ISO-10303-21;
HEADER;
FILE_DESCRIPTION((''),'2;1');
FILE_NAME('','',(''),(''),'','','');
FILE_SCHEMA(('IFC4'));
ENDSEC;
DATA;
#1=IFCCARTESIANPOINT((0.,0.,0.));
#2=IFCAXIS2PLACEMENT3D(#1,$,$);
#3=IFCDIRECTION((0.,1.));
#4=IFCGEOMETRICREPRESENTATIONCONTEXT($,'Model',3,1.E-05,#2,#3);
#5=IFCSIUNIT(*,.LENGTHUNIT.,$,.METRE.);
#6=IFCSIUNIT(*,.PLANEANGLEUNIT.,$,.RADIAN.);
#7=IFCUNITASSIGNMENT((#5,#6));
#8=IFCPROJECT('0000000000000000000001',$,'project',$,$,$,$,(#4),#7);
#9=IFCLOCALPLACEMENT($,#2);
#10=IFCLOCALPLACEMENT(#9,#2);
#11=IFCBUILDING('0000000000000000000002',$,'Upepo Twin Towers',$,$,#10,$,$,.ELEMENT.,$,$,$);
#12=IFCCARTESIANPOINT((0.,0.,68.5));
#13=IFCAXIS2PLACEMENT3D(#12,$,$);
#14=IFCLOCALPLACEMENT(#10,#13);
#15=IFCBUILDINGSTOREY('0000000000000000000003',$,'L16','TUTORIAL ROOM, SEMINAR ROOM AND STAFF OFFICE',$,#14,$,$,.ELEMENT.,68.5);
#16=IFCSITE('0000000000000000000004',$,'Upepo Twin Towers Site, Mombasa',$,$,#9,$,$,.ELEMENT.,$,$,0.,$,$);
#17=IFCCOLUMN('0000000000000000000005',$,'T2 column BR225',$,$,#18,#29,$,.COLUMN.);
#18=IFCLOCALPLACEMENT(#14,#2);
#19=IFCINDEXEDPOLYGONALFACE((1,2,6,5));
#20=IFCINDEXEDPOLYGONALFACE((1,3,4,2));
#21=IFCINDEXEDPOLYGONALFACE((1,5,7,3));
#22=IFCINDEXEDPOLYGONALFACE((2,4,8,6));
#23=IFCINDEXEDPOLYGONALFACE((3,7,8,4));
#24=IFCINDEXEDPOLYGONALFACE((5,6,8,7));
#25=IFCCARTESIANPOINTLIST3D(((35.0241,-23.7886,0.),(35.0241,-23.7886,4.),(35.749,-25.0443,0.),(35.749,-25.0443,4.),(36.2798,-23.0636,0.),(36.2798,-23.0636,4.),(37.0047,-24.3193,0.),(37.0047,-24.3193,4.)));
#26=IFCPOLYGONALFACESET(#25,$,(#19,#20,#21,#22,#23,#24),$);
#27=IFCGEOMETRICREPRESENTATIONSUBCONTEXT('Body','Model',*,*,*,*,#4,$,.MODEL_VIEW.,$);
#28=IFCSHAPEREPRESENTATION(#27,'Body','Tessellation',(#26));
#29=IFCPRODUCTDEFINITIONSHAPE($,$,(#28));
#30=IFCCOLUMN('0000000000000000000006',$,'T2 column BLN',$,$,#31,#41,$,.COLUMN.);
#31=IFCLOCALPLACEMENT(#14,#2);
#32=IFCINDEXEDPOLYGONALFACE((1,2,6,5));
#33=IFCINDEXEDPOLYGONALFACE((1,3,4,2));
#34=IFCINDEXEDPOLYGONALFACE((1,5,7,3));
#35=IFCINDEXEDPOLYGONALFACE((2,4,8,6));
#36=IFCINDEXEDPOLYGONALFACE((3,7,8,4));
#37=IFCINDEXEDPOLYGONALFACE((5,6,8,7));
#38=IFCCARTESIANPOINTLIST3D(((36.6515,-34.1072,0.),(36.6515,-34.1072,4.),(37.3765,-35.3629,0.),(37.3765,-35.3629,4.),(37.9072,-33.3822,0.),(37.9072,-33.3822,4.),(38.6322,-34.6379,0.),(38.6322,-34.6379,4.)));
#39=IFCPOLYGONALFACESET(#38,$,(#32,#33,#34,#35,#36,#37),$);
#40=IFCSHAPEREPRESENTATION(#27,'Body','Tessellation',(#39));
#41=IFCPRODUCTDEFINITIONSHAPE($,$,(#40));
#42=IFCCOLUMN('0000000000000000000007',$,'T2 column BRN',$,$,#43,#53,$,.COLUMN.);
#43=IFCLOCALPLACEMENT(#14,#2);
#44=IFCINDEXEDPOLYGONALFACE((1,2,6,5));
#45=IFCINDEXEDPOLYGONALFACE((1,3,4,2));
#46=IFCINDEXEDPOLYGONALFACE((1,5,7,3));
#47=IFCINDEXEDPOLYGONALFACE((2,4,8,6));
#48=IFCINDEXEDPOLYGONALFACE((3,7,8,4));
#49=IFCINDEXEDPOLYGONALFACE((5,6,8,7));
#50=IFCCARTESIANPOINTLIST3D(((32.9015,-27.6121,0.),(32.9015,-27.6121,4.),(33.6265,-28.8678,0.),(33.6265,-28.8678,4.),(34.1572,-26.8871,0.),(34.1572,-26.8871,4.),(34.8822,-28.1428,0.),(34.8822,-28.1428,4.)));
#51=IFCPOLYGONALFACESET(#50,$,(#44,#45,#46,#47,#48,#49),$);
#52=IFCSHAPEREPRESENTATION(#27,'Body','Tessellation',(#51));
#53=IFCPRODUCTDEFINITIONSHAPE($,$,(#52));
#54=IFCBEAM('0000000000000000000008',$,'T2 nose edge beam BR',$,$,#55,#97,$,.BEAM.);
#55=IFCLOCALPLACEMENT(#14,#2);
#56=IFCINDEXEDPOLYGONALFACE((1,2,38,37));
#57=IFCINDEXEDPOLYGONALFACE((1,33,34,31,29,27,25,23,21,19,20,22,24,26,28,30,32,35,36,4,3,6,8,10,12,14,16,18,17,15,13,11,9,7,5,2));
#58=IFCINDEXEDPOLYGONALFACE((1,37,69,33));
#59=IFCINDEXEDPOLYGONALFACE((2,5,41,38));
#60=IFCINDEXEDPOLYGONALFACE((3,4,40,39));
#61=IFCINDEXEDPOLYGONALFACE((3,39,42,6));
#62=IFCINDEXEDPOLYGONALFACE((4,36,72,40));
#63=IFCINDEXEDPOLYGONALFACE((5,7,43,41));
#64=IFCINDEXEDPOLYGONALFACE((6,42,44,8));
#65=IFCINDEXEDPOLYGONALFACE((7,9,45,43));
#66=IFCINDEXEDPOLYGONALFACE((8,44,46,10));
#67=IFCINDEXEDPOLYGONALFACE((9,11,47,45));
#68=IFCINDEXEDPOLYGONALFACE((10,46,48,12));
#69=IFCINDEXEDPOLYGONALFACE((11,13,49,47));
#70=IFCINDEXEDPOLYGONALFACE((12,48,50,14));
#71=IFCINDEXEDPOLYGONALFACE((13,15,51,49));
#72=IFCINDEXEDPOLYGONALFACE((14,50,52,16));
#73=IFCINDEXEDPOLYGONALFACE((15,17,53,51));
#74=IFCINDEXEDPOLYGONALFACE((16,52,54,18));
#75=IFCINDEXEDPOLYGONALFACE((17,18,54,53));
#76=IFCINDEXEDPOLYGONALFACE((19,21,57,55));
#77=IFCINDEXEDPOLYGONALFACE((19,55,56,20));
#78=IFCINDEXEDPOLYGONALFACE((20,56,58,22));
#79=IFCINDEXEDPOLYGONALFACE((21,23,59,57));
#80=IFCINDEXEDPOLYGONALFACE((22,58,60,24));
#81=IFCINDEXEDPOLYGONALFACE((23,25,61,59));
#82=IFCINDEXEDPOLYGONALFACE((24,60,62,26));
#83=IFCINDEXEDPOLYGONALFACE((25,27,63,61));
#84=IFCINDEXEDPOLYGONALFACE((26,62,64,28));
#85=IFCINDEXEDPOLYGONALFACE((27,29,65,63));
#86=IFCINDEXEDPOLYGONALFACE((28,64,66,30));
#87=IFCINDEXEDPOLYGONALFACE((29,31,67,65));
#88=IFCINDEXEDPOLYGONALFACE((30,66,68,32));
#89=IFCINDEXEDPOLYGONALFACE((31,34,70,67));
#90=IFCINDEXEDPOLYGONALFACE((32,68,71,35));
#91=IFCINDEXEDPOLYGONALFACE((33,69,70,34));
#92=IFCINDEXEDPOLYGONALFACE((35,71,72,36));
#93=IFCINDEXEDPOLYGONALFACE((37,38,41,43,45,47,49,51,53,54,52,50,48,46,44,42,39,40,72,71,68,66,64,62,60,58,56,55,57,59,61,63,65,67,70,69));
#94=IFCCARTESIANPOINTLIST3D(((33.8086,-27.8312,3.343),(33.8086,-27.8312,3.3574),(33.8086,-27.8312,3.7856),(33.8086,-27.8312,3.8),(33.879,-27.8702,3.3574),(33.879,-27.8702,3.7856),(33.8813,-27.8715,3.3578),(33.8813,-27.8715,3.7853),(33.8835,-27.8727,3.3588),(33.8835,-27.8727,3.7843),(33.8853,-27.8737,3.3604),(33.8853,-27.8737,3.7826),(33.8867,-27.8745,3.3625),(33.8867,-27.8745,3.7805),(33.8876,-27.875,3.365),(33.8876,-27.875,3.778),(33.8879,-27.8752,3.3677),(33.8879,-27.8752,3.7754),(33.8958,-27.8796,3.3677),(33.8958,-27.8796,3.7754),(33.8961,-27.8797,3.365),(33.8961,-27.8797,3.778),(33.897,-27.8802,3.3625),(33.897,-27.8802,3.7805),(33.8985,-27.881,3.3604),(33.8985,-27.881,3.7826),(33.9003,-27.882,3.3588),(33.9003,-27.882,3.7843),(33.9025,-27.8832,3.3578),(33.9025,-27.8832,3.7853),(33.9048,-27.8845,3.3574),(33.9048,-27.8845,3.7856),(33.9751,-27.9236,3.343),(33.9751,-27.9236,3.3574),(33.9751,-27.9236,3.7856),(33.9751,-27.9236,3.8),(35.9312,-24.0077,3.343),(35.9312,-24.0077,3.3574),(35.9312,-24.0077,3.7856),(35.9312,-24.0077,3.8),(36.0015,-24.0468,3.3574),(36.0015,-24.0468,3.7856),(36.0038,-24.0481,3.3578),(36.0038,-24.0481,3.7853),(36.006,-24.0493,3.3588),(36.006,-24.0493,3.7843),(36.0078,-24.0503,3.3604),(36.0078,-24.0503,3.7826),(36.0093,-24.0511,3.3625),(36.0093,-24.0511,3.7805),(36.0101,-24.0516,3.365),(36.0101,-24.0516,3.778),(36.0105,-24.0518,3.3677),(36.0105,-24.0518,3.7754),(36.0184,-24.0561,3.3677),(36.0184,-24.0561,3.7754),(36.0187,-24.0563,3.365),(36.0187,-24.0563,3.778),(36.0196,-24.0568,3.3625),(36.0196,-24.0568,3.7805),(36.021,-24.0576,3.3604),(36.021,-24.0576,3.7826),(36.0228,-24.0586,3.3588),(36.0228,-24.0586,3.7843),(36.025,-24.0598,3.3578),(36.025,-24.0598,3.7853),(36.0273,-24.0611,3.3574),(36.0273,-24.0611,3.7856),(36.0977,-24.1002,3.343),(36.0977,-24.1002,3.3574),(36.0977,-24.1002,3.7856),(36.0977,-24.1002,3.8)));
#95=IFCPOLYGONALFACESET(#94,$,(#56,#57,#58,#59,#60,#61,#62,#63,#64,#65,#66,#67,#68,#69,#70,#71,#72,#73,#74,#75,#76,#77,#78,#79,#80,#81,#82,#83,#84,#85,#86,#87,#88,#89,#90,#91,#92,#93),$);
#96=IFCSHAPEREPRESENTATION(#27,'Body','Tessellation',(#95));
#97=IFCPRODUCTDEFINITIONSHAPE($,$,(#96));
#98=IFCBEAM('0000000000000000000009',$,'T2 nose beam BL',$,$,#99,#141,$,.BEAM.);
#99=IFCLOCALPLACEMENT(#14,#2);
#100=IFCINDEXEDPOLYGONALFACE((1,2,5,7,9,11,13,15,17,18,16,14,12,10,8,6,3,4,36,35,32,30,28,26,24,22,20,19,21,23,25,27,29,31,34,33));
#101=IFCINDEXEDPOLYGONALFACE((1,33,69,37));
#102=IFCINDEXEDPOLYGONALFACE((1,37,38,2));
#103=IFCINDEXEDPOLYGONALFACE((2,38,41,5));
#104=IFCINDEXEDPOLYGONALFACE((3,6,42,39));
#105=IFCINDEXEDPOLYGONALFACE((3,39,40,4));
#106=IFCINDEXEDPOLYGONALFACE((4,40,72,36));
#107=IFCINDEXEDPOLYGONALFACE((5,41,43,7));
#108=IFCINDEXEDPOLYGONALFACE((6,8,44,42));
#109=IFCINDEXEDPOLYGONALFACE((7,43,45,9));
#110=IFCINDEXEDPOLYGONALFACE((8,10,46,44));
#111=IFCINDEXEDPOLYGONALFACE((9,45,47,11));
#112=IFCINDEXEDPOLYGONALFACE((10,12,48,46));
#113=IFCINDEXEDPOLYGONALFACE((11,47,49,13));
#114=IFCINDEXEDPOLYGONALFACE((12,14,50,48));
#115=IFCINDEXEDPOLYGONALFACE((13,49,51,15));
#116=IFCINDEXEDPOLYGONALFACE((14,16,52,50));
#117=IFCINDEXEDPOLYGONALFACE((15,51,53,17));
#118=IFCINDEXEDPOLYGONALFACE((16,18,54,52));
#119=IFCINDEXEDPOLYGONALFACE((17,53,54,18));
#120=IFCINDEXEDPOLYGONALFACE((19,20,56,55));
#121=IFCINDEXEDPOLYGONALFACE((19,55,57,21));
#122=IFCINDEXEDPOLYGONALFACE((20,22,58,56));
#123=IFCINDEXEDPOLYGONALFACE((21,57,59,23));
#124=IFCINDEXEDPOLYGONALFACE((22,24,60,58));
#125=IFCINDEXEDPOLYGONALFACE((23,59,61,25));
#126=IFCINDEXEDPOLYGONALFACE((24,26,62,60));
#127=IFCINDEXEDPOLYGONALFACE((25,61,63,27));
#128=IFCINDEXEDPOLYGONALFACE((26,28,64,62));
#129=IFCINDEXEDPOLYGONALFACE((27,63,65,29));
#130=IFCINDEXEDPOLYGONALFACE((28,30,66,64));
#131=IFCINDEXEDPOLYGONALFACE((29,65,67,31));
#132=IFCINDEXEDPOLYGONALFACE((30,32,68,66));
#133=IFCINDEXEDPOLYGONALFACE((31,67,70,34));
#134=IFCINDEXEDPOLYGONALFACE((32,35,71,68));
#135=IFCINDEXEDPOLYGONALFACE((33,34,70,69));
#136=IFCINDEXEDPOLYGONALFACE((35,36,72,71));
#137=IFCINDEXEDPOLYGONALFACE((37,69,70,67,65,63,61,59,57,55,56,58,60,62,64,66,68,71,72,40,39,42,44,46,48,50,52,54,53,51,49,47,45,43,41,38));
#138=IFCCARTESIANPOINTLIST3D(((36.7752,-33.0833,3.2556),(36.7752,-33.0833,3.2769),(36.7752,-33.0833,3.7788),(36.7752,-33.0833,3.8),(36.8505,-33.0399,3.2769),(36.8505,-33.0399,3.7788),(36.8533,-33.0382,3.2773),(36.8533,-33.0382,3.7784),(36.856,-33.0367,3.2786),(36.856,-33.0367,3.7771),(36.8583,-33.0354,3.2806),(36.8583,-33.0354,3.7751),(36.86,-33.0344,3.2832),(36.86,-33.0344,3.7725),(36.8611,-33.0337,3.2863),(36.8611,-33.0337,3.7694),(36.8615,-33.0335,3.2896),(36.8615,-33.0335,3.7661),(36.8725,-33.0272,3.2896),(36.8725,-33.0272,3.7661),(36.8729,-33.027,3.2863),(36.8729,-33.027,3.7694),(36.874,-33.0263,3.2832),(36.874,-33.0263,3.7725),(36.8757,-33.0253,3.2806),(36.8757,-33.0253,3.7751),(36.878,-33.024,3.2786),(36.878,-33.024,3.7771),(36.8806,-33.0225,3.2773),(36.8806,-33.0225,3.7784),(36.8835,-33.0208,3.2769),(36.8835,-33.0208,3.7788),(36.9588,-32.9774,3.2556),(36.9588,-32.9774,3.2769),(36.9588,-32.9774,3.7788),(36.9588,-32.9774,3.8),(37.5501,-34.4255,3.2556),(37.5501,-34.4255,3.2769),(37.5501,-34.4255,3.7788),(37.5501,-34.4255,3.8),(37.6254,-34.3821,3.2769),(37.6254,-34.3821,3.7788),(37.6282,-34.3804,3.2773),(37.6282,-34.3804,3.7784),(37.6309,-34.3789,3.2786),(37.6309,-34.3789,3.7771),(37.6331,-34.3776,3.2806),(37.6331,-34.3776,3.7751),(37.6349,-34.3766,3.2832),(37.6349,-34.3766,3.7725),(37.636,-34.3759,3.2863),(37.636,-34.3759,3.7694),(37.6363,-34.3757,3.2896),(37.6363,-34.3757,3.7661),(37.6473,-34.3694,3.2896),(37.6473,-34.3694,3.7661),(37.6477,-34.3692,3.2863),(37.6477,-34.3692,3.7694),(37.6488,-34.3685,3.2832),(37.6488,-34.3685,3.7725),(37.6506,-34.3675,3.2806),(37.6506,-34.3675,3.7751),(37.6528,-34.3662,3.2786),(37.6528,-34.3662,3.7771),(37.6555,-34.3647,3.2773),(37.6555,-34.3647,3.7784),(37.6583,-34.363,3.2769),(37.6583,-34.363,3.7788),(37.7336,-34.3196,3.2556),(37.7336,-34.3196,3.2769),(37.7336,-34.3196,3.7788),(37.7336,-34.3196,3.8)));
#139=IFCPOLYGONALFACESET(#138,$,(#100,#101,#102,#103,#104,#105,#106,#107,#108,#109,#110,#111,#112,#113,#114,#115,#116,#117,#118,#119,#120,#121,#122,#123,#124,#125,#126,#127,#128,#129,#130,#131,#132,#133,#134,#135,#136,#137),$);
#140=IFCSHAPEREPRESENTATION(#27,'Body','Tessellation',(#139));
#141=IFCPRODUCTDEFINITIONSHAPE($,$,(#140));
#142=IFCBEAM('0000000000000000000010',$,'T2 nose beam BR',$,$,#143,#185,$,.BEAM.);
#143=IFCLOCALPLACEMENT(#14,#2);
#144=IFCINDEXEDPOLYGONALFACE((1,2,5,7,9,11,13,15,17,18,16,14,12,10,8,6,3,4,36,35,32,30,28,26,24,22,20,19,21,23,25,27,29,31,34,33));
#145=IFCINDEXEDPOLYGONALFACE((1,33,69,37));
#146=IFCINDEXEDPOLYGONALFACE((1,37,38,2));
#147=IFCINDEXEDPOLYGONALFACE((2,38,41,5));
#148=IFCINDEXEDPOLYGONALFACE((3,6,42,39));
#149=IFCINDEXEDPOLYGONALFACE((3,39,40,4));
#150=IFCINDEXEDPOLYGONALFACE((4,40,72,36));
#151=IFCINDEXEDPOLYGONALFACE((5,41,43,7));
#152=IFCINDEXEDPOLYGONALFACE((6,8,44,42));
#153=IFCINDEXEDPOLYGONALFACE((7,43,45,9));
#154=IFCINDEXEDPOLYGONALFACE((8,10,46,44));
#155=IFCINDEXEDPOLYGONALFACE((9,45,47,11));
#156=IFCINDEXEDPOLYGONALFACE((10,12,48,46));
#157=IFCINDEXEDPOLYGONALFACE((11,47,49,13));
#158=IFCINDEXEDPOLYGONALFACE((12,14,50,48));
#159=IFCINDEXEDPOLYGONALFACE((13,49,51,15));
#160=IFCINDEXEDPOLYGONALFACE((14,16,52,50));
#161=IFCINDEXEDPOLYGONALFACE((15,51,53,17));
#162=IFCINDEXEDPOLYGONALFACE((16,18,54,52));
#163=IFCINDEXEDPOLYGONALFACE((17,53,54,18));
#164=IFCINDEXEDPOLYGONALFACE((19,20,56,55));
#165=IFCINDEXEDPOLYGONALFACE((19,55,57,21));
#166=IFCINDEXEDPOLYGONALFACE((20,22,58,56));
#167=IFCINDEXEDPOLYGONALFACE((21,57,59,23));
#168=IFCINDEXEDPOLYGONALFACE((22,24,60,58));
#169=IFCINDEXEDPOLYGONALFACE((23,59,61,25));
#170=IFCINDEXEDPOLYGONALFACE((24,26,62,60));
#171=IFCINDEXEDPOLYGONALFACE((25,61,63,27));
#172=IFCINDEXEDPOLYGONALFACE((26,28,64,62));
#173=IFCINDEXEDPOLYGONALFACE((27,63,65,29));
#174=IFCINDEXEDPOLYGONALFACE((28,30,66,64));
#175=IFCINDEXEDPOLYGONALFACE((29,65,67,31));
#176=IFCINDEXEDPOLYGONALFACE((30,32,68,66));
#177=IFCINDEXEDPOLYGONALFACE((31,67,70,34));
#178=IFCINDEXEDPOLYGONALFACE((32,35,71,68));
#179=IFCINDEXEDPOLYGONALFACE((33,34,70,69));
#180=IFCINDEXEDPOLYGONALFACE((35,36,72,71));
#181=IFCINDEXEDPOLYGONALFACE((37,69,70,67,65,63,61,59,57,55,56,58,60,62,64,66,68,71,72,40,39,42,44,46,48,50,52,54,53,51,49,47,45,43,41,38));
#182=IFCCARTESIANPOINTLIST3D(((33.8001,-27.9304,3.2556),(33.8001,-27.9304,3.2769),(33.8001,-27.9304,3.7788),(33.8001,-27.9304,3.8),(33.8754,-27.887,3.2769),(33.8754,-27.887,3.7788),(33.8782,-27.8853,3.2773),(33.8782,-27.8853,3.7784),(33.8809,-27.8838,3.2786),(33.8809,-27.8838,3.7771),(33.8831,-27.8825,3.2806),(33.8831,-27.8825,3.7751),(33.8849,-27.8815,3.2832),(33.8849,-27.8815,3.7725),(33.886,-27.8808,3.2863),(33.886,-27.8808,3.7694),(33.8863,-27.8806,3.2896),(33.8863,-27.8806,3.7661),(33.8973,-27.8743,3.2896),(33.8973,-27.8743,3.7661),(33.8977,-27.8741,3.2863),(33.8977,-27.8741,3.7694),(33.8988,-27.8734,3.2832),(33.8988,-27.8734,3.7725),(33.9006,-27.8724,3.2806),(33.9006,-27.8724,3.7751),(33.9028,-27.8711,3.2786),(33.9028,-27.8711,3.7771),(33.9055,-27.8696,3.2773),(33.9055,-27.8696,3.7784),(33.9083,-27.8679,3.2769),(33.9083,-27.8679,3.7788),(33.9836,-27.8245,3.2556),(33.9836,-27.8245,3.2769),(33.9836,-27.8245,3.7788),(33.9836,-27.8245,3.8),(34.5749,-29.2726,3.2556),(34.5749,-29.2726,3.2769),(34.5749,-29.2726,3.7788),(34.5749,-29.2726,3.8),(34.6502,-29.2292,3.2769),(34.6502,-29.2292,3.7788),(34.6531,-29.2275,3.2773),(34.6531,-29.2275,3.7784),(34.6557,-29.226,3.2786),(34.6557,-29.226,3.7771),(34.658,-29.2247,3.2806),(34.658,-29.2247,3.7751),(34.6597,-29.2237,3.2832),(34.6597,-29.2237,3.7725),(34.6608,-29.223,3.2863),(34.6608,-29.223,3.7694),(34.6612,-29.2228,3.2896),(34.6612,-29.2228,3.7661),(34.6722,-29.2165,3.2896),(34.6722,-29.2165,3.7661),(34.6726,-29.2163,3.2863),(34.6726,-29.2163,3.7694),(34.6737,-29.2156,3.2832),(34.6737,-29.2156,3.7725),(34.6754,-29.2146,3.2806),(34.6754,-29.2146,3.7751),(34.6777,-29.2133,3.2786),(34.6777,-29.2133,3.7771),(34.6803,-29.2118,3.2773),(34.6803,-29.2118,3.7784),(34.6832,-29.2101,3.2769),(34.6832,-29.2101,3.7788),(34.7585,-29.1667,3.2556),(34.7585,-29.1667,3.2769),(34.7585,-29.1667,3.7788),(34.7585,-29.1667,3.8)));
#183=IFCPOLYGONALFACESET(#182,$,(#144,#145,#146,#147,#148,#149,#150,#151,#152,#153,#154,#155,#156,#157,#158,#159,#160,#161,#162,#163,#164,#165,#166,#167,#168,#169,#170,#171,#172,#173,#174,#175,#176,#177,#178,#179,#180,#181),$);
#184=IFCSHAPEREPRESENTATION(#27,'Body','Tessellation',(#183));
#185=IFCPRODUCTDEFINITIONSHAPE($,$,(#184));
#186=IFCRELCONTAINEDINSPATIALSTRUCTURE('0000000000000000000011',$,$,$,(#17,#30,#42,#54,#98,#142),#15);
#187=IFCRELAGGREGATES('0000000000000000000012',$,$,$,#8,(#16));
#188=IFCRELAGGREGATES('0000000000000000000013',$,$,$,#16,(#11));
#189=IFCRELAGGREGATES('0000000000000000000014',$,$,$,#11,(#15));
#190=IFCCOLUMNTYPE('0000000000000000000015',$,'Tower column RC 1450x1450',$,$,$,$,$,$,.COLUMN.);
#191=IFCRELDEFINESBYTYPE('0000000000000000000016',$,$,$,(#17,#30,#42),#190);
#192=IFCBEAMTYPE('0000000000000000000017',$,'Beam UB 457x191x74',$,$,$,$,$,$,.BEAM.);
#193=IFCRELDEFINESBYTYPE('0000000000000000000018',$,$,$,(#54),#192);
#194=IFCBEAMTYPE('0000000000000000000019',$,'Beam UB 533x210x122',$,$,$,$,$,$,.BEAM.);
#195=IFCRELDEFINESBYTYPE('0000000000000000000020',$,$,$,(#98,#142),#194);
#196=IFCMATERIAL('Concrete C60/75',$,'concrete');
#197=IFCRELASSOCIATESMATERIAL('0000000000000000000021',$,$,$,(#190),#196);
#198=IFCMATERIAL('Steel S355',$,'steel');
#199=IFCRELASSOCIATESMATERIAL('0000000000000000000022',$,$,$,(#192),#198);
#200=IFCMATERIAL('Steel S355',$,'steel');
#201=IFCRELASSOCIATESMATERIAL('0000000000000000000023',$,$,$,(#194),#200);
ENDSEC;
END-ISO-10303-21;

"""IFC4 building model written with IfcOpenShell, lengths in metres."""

from ifc_helpers import new_model, si_unit, direction, frame, origin, origin_2d, place, context, subcontext, project, spatial, rectangle, i_section, extrude, material, material_profile, profile_set, type_object, element, save


model = new_model("IFC4")

# Units and contexts
model_context = context("Model", 3, precision=1e-05, world=origin(), true_north=direction((0.0, 1.0)))
body_context = subcontext(model_context, "Body", "Model", "MODEL_VIEW")
ifc_project = project(units=[si_unit("LENGTHUNIT", "METRE"), si_unit("PLANEANGLEUNIT", "RADIAN")], contexts=[model_context])

# Site, building, storey
site_placement = place(None, origin())
site = spatial("IfcSite", under=ifc_project, at=site_placement, Name="Upepo Twin Towers Site, Mombasa", CompositionType="ELEMENT", RefElevation=0.0)
building_placement = place(site_placement, origin())
building = spatial("IfcBuilding", under=site, at=building_placement, Name="Upepo Twin Towers", CompositionType="ELEMENT")
storey_placement = place(building_placement, frame((0.0, 0.0, 68.5)))
storey = spatial("IfcBuildingStorey", under=building, at=storey_placement, Name="L16", Description="TUTORIAL ROOM, SEMINAR ROOM AND STAFF OFFICE", CompositionType="ELEMENT", Elevation=68.5)

# Columns
ifc_material_1 = material(Name="Concrete C60/75", Category="concrete")
ifc_material_profile_1 = material_profile(ifc_material_1, rectangle(XDim=1.45, YDim=1.45, at=origin_2d()), Name="RC 1450x1450")
ifc_profile_set_1 = profile_set([ifc_material_profile_1], Name="Concrete C60/75")
column_type = type_object("IfcColumnType", Name="Tower column RC 1450x1450", PredefinedType="COLUMN", material=ifc_profile_set_1)
for number, where, z_axis, x_axis, name in (
    (1, (36.0144, -24.054, 0.0), (0.0, 0.0, 1.0), (0.866025, 0.5, 0.0), "T2 column BR225"),
    (2, (37.6418, -34.3726, 0.0), (0.0, 0.0, 1.0), (0.866025, 0.5, 0.0), "T2 column BLN"),
    (3, (33.8918, -27.8774, 0.0), (0.0, 0.0, 1.0), (0.866025, 0.5, 0.0), "T2 column BRN"),
):
    element("IfcColumn", number, at=place(storey_placement, frame(where, z_axis=z_axis, x_axis=x_axis)), inside=storey, type_object=column_type, Name=name, PredefinedType="COLUMN", context=body_context, shape_type="SweptSolid", body=[
        extrude(rectangle(XDim=1.45, YDim=1.45, at=origin_2d()), origin(), (0.0, 0.0, 1.0), 4.0),
    ])

# Beams
ifc_material_2 = material(Name="Steel S355", Category="steel")
ifc_material_profile_2 = material_profile(ifc_material_2, i_section(OverallWidth=0.1904, OverallDepth=0.457, WebThickness=0.009, FlangeThickness=0.0144, FilletRadius=0.0103, at=origin_2d()), Name="UB 457x191x74")
ifc_profile_set_2 = profile_set([ifc_material_profile_2], Name="Steel S355")
beam_type_1 = type_object("IfcBeamType", Name="Beam UB 457x191x74", PredefinedType="BEAM", material=ifc_profile_set_2)
beam_1_placement = place(storey_placement, frame((36.0144, -24.054, 3.5715), z_axis=(-0.485363, -0.874313, 0.0), x_axis=(0.874313, -0.485363, 0.0)))
element("IfcBeam", 4, at=beam_1_placement, inside=storey, type_object=beam_type_1, Name="T2 nose edge beam BR", PredefinedType="BEAM", context=body_context, shape_type="SweptSolid", body=[
    extrude(i_section(OverallWidth=0.1904, OverallDepth=0.457, WebThickness=0.009, FlangeThickness=0.0144, FilletRadius=0.0103, at=origin_2d()), origin(), (0.0, 0.0, 1.0), 4.373),
])
ifc_material_3 = material(Name="Steel S355", Category="steel")
ifc_material_profile_3 = material_profile(ifc_material_3, i_section(OverallWidth=0.2119, OverallDepth=0.5444, WebThickness=0.0127, FlangeThickness=0.0212, FilletRadius=0.0127, at=origin_2d()), Name="UB 533x210x122")
ifc_profile_set_3 = profile_set([ifc_material_profile_3], Name="Steel S355")
beam_type_2 = type_object("IfcBeamType", Name="Beam UB 533x210x122", PredefinedType="BEAM", material=ifc_profile_set_3)
for number, where, z_axis, x_axis, name in (
    (5, (37.6418, -34.3726, 3.5278), (-0.499968, 0.866044, 0.0), (-0.866044, -0.499968, 0.0), "T2 nose beam BL"),
    (6, (33.8918, -27.8774, 3.5278), (0.499968, -0.866044, 0.0), (0.866044, 0.499968, 0.0), "T2 nose beam BR"),
):
    element("IfcBeam", number, at=place(storey_placement, frame(where, z_axis=z_axis, x_axis=x_axis)), inside=storey, type_object=beam_type_2, Name=name, PredefinedType="BEAM", context=body_context, shape_type="SweptSolid", body=[
        extrude(i_section(OverallWidth=0.2119, OverallDepth=0.5444, WebThickness=0.0127, FlangeThickness=0.0212, FilletRadius=0.0127, at=origin_2d()), origin(), (0.0, 0.0, 1.0), 1.5498),
    ])

save(model, "model.ifc")
